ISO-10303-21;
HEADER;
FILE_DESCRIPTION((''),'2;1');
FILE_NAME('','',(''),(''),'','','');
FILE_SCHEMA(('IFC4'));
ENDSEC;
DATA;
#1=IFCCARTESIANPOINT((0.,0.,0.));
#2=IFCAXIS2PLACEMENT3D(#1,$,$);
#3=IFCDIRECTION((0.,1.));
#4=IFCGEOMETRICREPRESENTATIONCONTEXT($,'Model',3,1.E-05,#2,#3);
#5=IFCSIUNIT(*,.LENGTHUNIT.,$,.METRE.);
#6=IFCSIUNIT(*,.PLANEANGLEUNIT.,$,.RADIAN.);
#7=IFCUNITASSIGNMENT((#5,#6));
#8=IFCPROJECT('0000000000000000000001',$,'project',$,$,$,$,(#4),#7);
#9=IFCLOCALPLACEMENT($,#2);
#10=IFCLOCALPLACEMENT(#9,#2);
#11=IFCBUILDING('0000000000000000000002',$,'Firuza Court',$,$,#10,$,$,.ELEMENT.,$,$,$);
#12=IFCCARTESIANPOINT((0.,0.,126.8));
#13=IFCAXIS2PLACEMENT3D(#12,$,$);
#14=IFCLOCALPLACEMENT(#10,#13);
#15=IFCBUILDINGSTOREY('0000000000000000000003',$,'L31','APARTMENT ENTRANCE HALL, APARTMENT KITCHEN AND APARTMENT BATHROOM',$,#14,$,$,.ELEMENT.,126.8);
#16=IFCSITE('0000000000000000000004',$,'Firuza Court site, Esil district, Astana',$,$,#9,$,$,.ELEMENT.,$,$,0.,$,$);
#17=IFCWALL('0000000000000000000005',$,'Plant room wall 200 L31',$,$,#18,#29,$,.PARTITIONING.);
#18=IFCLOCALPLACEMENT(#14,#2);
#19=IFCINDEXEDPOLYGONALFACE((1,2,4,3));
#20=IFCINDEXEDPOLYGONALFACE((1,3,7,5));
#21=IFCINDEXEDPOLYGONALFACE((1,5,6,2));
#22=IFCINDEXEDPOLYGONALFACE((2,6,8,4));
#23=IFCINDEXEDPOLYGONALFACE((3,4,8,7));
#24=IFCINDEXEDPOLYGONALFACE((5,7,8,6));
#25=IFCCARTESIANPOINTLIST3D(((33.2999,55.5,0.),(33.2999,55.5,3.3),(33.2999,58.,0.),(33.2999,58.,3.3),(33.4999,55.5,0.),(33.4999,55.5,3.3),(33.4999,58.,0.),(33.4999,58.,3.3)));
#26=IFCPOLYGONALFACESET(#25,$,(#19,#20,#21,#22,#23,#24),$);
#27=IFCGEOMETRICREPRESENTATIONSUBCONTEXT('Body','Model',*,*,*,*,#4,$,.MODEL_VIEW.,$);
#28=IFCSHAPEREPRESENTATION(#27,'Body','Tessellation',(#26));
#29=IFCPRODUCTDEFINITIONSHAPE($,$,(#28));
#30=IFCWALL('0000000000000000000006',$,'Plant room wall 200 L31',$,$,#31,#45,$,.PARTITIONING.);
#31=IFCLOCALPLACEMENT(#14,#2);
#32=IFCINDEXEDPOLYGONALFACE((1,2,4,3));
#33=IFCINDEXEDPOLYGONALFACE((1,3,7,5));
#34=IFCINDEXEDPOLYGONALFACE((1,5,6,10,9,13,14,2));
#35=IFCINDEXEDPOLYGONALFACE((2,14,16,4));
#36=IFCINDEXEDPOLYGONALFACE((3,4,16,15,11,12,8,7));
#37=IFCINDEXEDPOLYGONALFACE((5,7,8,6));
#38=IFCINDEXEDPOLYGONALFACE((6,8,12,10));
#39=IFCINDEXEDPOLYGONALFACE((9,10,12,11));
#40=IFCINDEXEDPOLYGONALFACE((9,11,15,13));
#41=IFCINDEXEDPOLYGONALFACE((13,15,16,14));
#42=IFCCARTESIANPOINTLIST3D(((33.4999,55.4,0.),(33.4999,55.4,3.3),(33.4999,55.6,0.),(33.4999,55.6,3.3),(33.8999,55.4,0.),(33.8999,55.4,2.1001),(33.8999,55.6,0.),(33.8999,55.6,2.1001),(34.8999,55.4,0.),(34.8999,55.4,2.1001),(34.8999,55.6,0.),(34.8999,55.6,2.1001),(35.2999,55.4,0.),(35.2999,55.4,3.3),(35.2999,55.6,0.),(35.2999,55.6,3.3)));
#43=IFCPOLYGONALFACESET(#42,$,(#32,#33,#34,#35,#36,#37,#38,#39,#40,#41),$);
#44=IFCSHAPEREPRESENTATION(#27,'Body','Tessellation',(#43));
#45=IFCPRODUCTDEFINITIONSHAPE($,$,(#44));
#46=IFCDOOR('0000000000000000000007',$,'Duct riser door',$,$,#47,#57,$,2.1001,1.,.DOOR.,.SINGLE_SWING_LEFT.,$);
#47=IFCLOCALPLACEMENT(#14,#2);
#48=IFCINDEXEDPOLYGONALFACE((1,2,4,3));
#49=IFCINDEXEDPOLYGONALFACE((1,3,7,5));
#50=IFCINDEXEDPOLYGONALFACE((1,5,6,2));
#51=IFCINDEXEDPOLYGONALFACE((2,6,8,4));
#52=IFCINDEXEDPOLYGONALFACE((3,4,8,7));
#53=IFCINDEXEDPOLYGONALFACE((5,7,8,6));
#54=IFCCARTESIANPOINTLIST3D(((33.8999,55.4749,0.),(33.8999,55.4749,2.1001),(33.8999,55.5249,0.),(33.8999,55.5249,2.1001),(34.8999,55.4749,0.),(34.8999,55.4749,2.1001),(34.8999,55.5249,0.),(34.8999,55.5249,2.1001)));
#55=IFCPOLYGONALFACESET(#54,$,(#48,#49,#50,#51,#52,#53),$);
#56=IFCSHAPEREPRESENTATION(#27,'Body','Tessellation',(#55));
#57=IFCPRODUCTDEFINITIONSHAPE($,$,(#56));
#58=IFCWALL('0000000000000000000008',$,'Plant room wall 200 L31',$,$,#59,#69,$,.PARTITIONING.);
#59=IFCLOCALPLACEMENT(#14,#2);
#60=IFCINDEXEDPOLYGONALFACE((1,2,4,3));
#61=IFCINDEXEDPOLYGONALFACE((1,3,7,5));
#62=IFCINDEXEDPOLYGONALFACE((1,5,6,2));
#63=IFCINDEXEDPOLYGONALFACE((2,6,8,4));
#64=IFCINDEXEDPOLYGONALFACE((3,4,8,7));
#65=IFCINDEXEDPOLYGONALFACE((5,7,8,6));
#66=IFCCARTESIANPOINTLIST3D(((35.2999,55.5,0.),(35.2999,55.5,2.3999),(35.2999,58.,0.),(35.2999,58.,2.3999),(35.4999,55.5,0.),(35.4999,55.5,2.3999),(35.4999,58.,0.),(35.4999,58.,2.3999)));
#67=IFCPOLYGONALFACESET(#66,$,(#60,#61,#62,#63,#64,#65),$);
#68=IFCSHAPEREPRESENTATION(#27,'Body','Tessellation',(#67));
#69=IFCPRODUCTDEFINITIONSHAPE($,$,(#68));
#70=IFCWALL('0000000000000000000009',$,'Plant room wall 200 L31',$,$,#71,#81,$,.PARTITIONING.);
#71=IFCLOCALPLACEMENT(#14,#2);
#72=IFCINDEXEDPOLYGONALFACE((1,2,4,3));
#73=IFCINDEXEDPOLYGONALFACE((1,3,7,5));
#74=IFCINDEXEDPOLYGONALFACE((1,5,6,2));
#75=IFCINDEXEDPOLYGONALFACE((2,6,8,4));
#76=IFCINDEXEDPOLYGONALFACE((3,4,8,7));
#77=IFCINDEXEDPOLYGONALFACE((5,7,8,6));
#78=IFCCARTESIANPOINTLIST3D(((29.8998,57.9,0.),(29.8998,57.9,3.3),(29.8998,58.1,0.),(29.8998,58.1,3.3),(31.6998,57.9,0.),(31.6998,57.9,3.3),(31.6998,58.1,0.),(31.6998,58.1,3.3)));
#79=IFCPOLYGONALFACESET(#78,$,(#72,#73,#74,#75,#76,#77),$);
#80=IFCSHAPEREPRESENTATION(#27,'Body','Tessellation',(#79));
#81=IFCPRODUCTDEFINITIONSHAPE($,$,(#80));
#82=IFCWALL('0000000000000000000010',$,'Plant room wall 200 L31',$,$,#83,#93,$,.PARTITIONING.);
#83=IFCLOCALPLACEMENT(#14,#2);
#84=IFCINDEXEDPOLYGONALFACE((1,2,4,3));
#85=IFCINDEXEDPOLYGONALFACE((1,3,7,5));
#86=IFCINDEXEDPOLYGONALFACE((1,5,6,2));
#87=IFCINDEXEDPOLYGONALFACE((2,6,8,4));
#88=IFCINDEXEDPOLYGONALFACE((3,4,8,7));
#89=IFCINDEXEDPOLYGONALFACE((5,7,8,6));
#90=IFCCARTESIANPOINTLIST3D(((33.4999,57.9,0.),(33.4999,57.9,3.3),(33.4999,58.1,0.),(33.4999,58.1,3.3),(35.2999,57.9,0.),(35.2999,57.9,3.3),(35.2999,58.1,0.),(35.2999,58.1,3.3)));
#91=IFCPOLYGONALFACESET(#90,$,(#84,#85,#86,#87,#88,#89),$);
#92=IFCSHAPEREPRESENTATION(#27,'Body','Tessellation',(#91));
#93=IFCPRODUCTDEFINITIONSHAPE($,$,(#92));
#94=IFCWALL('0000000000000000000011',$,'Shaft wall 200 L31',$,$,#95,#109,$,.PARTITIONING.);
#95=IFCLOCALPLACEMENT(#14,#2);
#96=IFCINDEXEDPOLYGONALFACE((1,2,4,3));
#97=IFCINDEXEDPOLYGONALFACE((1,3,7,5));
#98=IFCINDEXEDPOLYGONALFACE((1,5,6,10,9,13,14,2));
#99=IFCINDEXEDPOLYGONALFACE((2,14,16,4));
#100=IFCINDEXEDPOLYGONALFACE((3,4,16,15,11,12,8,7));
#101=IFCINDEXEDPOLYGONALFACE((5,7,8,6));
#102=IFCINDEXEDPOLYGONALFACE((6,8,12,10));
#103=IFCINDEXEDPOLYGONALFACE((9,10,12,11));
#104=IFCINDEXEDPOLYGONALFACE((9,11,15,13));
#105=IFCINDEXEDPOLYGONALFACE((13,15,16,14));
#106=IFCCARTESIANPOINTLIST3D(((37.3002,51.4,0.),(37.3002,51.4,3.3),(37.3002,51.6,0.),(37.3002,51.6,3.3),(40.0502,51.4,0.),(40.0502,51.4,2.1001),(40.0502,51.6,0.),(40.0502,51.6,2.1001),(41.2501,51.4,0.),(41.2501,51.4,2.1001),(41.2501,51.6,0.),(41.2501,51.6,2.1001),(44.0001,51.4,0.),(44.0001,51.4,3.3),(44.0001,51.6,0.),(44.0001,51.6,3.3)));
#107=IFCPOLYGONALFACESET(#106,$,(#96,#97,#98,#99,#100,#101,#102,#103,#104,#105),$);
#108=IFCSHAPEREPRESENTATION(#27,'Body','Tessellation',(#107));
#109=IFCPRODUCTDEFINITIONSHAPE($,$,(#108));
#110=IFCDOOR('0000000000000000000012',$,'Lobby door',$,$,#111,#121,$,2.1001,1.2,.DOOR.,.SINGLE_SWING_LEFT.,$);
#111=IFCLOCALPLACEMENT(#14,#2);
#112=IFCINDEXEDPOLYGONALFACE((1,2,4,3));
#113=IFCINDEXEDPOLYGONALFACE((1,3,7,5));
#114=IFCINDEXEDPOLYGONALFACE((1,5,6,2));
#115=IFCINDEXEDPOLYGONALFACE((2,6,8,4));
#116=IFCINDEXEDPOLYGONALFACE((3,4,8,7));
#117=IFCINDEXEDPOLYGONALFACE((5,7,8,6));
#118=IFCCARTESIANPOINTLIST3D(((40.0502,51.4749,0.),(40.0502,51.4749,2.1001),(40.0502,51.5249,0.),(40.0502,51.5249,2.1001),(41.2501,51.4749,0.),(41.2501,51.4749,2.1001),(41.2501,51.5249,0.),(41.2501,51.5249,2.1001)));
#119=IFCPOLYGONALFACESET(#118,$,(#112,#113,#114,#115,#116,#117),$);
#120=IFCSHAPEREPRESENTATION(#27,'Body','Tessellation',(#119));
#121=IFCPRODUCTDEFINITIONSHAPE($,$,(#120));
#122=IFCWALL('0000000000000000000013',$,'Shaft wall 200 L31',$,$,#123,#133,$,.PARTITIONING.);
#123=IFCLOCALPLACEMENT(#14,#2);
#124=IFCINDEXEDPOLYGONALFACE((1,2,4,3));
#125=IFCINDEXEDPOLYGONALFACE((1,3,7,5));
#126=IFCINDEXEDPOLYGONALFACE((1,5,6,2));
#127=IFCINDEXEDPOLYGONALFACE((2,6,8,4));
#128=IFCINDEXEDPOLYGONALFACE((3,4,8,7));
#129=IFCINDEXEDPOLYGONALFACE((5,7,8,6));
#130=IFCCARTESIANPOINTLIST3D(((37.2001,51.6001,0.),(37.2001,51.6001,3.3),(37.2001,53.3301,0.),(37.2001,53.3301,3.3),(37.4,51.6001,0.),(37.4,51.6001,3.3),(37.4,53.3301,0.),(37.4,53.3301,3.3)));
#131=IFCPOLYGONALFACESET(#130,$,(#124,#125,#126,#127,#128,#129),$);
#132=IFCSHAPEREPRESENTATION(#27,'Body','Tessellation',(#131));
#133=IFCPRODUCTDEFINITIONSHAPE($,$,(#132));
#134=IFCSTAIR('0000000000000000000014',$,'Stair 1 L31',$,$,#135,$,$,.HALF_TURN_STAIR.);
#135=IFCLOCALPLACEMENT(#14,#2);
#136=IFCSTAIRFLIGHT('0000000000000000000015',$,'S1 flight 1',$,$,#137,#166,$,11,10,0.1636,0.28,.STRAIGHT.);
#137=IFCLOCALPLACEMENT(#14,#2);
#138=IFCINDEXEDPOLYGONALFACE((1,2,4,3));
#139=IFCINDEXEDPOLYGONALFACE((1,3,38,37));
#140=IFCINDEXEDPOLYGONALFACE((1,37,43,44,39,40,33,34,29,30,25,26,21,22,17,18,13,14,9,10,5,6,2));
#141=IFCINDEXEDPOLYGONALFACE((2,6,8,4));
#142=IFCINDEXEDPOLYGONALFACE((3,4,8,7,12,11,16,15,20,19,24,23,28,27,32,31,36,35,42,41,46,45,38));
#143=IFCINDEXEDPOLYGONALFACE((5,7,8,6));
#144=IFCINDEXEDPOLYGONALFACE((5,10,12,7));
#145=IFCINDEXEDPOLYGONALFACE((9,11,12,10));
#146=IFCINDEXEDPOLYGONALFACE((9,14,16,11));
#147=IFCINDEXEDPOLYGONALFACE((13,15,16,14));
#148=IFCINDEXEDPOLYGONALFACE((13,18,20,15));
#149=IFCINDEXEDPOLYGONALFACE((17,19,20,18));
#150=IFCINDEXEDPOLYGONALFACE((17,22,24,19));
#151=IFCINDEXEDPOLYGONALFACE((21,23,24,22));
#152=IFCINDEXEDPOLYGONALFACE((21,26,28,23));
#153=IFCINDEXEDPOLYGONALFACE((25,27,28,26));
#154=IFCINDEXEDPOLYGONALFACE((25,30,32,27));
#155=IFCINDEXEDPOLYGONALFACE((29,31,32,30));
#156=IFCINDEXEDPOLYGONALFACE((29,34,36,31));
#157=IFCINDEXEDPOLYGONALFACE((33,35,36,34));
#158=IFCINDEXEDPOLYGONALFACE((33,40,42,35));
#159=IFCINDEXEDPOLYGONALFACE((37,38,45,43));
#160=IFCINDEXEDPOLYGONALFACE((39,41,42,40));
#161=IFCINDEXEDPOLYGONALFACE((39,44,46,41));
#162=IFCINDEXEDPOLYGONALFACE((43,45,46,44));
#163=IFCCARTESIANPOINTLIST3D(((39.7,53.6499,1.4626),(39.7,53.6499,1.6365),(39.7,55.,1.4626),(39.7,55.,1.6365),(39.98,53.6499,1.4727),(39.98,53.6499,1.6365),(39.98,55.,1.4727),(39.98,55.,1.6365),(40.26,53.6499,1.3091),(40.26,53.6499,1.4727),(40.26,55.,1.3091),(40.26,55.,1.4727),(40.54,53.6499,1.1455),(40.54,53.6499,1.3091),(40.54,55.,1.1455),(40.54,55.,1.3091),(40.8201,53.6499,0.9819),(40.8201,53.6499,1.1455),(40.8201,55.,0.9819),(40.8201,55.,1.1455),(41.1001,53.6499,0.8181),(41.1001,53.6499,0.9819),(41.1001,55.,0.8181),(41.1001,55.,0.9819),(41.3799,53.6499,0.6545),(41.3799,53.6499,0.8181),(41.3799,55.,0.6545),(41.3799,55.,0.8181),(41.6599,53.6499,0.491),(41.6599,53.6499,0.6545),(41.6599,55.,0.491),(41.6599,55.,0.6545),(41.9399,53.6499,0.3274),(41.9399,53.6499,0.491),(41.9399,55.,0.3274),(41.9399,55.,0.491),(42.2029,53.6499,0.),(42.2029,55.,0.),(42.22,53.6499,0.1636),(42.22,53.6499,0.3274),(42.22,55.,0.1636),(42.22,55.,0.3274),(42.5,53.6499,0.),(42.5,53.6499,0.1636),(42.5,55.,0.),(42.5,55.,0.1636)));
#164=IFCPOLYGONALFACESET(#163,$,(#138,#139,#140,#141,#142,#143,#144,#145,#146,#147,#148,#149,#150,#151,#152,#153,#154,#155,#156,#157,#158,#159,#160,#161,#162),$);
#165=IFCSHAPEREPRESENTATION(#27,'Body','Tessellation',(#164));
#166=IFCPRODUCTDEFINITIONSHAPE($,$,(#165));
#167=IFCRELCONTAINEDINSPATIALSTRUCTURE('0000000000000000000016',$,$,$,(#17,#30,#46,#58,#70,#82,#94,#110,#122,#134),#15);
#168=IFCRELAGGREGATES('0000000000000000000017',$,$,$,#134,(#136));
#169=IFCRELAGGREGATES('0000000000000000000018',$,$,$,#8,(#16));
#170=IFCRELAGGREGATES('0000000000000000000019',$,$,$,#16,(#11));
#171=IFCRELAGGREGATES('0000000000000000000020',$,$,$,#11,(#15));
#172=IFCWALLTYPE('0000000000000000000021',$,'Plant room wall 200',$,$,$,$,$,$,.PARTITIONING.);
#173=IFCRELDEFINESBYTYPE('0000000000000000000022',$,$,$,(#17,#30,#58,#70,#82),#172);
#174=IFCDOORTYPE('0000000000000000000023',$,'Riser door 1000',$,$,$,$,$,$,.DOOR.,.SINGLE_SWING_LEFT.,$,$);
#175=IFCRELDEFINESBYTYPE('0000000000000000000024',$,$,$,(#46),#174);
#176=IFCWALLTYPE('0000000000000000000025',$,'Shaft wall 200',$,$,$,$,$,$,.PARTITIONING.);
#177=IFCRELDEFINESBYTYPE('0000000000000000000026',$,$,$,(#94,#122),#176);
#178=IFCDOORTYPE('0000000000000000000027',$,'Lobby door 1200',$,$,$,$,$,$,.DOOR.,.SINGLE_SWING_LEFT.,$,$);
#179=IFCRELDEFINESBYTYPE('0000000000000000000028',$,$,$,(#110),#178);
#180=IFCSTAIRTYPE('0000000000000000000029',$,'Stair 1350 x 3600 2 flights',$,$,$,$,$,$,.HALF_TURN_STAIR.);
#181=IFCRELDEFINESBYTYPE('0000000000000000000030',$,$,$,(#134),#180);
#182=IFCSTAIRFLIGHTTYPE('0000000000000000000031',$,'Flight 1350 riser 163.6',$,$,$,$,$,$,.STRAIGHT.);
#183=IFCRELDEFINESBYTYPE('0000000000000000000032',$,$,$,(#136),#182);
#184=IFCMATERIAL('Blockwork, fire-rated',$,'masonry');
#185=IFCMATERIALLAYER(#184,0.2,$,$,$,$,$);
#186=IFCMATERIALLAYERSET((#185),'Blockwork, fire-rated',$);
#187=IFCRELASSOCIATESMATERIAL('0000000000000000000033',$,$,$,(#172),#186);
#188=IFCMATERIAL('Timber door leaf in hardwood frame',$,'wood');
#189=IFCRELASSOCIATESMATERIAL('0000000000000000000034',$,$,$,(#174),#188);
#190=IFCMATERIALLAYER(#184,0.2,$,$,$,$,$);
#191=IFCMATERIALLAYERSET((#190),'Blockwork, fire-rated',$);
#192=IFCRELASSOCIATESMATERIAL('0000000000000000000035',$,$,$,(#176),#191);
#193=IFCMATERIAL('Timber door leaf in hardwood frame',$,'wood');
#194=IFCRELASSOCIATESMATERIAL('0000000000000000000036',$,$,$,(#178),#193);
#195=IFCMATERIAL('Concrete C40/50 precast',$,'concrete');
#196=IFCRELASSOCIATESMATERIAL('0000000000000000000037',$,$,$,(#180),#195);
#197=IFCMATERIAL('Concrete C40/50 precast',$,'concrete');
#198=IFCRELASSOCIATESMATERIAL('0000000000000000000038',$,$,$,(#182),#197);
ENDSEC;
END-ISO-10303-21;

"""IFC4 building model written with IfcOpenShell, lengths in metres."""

from ifc_helpers import new_model, si_unit, direction, frame, frame_2d, origin, place, context, subcontext, project, spatial, polyline, rectangle, outline, extrude, material, layer, layer_set, type_object, element, fill, aggregate, save


model = new_model("IFC4")

# Units and contexts
model_context = context("Model", 3, precision=1e-05, world=origin(), true_north=direction((0.0, 1.0)))
body_context = subcontext(model_context, "Body", "Model", "MODEL_VIEW")
ifc_project = project(units=[si_unit("LENGTHUNIT", "METRE"), si_unit("PLANEANGLEUNIT", "RADIAN")], contexts=[model_context])

# Site, building, storey
site_placement = place(None, origin())
site = spatial("IfcSite", under=ifc_project, at=site_placement, Name="Firuza Court site, Esil district, Astana", CompositionType="ELEMENT", RefElevation=0.0)
building_placement = place(site_placement, origin())
building = spatial("IfcBuilding", under=site, at=building_placement, Name="Firuza Court", CompositionType="ELEMENT")
storey_placement = place(building_placement, frame((0.0, 0.0, 126.8)))
storey = spatial("IfcBuildingStorey", under=building, at=storey_placement, Name="L31", Description="APARTMENT ENTRANCE HALL, APARTMENT KITCHEN AND APARTMENT BATHROOM", CompositionType="ELEMENT", Elevation=126.8)

# Wall
ifc_material_1 = material(Name="Blockwork, fire-rated", Category="masonry")
ifc_layer_1 = layer(ifc_material_1, 0.2)
ifc_layer_set_1 = layer_set([ifc_layer_1], Name="Blockwork, fire-rated")
wall_type_1 = type_object("IfcWallType", Name="Plant room wall 200", PredefinedType="PARTITIONING", material=ifc_layer_set_1)
for number, where, z_axis, x_axis, name in (
    (1, (33.3999, 55.5, 0.0), (0.0, 0.0, 1.0), (0.0, 1.0, 0.0), "Plant room wall 200 L31"),
):
    element("IfcWall", number, at=place(storey_placement, frame(where, z_axis=z_axis, x_axis=x_axis)), inside=storey, type_object=wall_type_1, Name=name, PredefinedType="PARTITIONING", context=body_context, shape_type="SweptSolid", body=[
        extrude(rectangle(XDim=2.5, YDim=0.2, at=frame_2d((1.25, 0.0))), origin(), (0.0, 0.0, 1.0), 3.3),
    ])

# Wall, opening, door
wall_1_placement = place(storey_placement, frame((33.5, 55.5, 0.0), z_axis=(0.0, 0.0, 1.0), x_axis=(1.0, 0.0, 0.0)))
wall_1 = element("IfcWall", 2, at=wall_1_placement, inside=storey, type_object=wall_type_1, Name="Plant room wall 200 L31", PredefinedType="PARTITIONING", context=body_context, shape_type="SweptSolid", body=[
    extrude(rectangle(XDim=1.8, YDim=0.2, at=frame_2d((0.8999, 0.0))), origin(), (0.0, 0.0, 1.0), 3.3),
])
opening_1_placement = place(wall_1_placement, frame((0.3999, 0.0, 0.0)))
opening_1 = element("IfcOpeningElement", 3, at=opening_1_placement, cuts=wall_1, PredefinedType="OPENING", context=body_context, shape_type="SweptSolid", body=[
    extrude(rectangle(XDim=1.0, YDim=2.1001, at=frame_2d((0.5, 1.05))), frame((0.0, 0.1118, 0.0), z_axis=(0.0, -1.0, 0.0), x_axis=(1.0, 0.0, 0.0)), (0.0, 0.0, 1.0), 0.2239),
])
ifc_material_2 = material(Name="Timber door leaf in hardwood frame", Category="wood")
door_type_1 = type_object("IfcDoorType", Name="Riser door 1000", OperationType="SINGLE_SWING_LEFT", PredefinedType="DOOR", material=ifc_material_2)
door_1_placement = place(opening_1_placement, origin())
door_1 = element("IfcDoor", 4, at=door_1_placement, inside=storey, type_object=door_type_1, Name="Duct riser door", OperationType="SINGLE_SWING_LEFT", OverallHeight=2.1001, OverallWidth=1.0, PredefinedType="DOOR", context=body_context, shape_type="SweptSolid", body=[
    extrude(rectangle(XDim=1.0, YDim=2.1001, at=frame_2d((0.5, 1.05))), frame((0.0, 0.0249, 0.0), z_axis=(0.0, -1.0, 0.0), x_axis=(1.0, 0.0, 0.0)), (0.0, 0.0, 1.0), 0.05),
])
fill(opening_1, door_1)

# Walls
wall_2_placement = place(storey_placement, frame((35.3999, 55.5, 0.0), z_axis=(0.0, 0.0, 1.0), x_axis=(0.0, 1.0, 0.0)))
element("IfcWall", 5, at=wall_2_placement, inside=storey, type_object=wall_type_1, Name="Plant room wall 200 L31", PredefinedType="PARTITIONING", context=body_context, shape_type="SweptSolid", body=[
    extrude(rectangle(XDim=2.5, YDim=0.2, at=frame_2d((1.25, 0.0))), origin(), (0.0, 0.0, 1.0), 2.3999),
])
for number, where, z_axis, x_axis, name in (
    (6, (29.8999, 58.0, 0.0), (0.0, 0.0, 1.0), (1.0, 0.0, 0.0), "Plant room wall 200 L31"),
    (7, (33.5, 58.0, 0.0), (0.0, 0.0, 1.0), (1.0, 0.0, 0.0), "Plant room wall 200 L31"),
):
    element("IfcWall", number, at=place(storey_placement, frame(where, z_axis=z_axis, x_axis=x_axis)), inside=storey, type_object=wall_type_1, Name=name, PredefinedType="PARTITIONING", context=body_context, shape_type="SweptSolid", body=[
        extrude(rectangle(XDim=1.8, YDim=0.2, at=frame_2d((0.8999, 0.0))), origin(), (0.0, 0.0, 1.0), 3.3),
    ])

# Wall, opening, door
ifc_layer_2 = layer(ifc_material_1, 0.2)
ifc_layer_set_2 = layer_set([ifc_layer_2], Name="Blockwork, fire-rated")
wall_type_2 = type_object("IfcWallType", Name="Shaft wall 200", PredefinedType="PARTITIONING", material=ifc_layer_set_2)
wall_3_placement = place(storey_placement, frame((37.3, 51.5, 0.0), z_axis=(0.0, 0.0, 1.0), x_axis=(1.0, 0.0, 0.0)))
wall_3 = element("IfcWall", 8, at=wall_3_placement, inside=storey, type_object=wall_type_2, Name="Shaft wall 200 L31", PredefinedType="PARTITIONING", context=body_context, shape_type="SweptSolid", body=[
    extrude(rectangle(XDim=6.7, YDim=0.2, at=frame_2d((3.3501, 0.0))), origin(), (0.0, 0.0, 1.0), 3.3),
])
opening_2_placement = place(wall_3_placement, frame((2.75, 0.0, 0.0)))
opening_2 = element("IfcOpeningElement", 9, at=opening_2_placement, cuts=wall_3, PredefinedType="OPENING", context=body_context, shape_type="SweptSolid", body=[
    extrude(rectangle(XDim=1.2, YDim=2.1001, at=frame_2d((0.6001, 1.05))), frame((0.0, 0.1118, 0.0), z_axis=(0.0, -1.0, 0.0), x_axis=(1.0, 0.0, 0.0)), (0.0, 0.0, 1.0), 0.2239),
])
ifc_material_3 = material(Name="Timber door leaf in hardwood frame", Category="wood")
door_type_2 = type_object("IfcDoorType", Name="Lobby door 1200", OperationType="SINGLE_SWING_LEFT", PredefinedType="DOOR", material=ifc_material_3)
door_2_placement = place(opening_2_placement, origin())
door_2 = element("IfcDoor", 10, at=door_2_placement, inside=storey, type_object=door_type_2, Name="Lobby door", OperationType="SINGLE_SWING_LEFT", OverallHeight=2.1001, OverallWidth=1.2, PredefinedType="DOOR", context=body_context, shape_type="SweptSolid", body=[
    extrude(rectangle(XDim=1.2, YDim=2.1001, at=frame_2d((0.6001, 1.05))), frame((0.0, 0.0249, 0.0), z_axis=(0.0, -1.0, 0.0), x_axis=(1.0, 0.0, 0.0)), (0.0, 0.0, 1.0), 0.05),
])
fill(opening_2, door_2)

# Wall
wall_4_placement = place(storey_placement, frame((37.3, 51.6001, 0.0), z_axis=(0.0, 0.0, 1.0), x_axis=(0.0, 1.0, 0.0)))
element("IfcWall", 11, at=wall_4_placement, inside=storey, type_object=wall_type_2, Name="Shaft wall 200 L31", PredefinedType="PARTITIONING", context=body_context, shape_type="SweptSolid", body=[
    extrude(rectangle(XDim=1.73, YDim=0.2, at=frame_2d((0.865, 0.0))), origin(), (0.0, 0.0, 1.0), 3.3),
])

# Stair, stair flight
ifc_material_4 = material(Name="Concrete C40/50 precast", Category="concrete")
stair_type = type_object("IfcStairType", Name="Stair 1350 x 3600 2 flights", PredefinedType="HALF_TURN_STAIR", material=ifc_material_4)
stair_placement = place(storey_placement, origin())
stair = element("IfcStair", 12, at=stair_placement, inside=storey, type_object=stair_type, Name="Stair 1 L31", PredefinedType="HALF_TURN_STAIR")
ifc_material_5 = material(Name="Concrete C40/50 precast", Category="concrete")
stair_flight_type = type_object("IfcStairFlightType", Name="Flight 1350 riser 163.6", PredefinedType="STRAIGHT", material=ifc_material_5)
stair_flight_1_placement = place(storey_placement, frame((42.5, 54.325, 0.0), z_axis=(0.0, 0.0, 1.0), x_axis=(-1.0, 0.0, 0.0)))
stair_flight_1 = element("IfcStairFlight", 13, at=stair_flight_1_placement, type_object=stair_flight_type, Name="S1 flight 1", NumberOfRisers=11, NumberOfTreads=10, PredefinedType="STRAIGHT", RiserHeight=0.1636, TreadLength=0.28, context=body_context, shape_type="SweptSolid", body=[
    extrude(outline(polyline([(0.0, 0.0), (0.0, 0.1636), (0.28, 0.1636), (0.28, 0.3274), (0.5601, 0.3274), (0.5601, 0.491), (0.8401, 0.491), (0.8401, 0.6545), (1.1201, 0.6545), (1.1201, 0.8181), (1.3999, 0.8181), (1.3999, 0.9819), (1.6799, 0.9819), (1.6799, 1.1455), (1.96, 1.1455), (1.96, 1.3091), (2.24, 1.3091), (2.24, 1.4727), (2.52, 1.4727), (2.52, 1.6365), (2.8, 1.6365), (2.8, 1.8), (2.8, 1.4626), (0.2971, 0.0), (0.0, 0.0)])), frame((0.0, 0.675, 0.0), z_axis=(0.0, -1.0, 0.0), x_axis=(1.0, 0.0, 0.0)), (0.0, 0.0, 1.0), 1.3501),
])
aggregate(stair, [stair_flight_1])

save(model, "model.ifc")
